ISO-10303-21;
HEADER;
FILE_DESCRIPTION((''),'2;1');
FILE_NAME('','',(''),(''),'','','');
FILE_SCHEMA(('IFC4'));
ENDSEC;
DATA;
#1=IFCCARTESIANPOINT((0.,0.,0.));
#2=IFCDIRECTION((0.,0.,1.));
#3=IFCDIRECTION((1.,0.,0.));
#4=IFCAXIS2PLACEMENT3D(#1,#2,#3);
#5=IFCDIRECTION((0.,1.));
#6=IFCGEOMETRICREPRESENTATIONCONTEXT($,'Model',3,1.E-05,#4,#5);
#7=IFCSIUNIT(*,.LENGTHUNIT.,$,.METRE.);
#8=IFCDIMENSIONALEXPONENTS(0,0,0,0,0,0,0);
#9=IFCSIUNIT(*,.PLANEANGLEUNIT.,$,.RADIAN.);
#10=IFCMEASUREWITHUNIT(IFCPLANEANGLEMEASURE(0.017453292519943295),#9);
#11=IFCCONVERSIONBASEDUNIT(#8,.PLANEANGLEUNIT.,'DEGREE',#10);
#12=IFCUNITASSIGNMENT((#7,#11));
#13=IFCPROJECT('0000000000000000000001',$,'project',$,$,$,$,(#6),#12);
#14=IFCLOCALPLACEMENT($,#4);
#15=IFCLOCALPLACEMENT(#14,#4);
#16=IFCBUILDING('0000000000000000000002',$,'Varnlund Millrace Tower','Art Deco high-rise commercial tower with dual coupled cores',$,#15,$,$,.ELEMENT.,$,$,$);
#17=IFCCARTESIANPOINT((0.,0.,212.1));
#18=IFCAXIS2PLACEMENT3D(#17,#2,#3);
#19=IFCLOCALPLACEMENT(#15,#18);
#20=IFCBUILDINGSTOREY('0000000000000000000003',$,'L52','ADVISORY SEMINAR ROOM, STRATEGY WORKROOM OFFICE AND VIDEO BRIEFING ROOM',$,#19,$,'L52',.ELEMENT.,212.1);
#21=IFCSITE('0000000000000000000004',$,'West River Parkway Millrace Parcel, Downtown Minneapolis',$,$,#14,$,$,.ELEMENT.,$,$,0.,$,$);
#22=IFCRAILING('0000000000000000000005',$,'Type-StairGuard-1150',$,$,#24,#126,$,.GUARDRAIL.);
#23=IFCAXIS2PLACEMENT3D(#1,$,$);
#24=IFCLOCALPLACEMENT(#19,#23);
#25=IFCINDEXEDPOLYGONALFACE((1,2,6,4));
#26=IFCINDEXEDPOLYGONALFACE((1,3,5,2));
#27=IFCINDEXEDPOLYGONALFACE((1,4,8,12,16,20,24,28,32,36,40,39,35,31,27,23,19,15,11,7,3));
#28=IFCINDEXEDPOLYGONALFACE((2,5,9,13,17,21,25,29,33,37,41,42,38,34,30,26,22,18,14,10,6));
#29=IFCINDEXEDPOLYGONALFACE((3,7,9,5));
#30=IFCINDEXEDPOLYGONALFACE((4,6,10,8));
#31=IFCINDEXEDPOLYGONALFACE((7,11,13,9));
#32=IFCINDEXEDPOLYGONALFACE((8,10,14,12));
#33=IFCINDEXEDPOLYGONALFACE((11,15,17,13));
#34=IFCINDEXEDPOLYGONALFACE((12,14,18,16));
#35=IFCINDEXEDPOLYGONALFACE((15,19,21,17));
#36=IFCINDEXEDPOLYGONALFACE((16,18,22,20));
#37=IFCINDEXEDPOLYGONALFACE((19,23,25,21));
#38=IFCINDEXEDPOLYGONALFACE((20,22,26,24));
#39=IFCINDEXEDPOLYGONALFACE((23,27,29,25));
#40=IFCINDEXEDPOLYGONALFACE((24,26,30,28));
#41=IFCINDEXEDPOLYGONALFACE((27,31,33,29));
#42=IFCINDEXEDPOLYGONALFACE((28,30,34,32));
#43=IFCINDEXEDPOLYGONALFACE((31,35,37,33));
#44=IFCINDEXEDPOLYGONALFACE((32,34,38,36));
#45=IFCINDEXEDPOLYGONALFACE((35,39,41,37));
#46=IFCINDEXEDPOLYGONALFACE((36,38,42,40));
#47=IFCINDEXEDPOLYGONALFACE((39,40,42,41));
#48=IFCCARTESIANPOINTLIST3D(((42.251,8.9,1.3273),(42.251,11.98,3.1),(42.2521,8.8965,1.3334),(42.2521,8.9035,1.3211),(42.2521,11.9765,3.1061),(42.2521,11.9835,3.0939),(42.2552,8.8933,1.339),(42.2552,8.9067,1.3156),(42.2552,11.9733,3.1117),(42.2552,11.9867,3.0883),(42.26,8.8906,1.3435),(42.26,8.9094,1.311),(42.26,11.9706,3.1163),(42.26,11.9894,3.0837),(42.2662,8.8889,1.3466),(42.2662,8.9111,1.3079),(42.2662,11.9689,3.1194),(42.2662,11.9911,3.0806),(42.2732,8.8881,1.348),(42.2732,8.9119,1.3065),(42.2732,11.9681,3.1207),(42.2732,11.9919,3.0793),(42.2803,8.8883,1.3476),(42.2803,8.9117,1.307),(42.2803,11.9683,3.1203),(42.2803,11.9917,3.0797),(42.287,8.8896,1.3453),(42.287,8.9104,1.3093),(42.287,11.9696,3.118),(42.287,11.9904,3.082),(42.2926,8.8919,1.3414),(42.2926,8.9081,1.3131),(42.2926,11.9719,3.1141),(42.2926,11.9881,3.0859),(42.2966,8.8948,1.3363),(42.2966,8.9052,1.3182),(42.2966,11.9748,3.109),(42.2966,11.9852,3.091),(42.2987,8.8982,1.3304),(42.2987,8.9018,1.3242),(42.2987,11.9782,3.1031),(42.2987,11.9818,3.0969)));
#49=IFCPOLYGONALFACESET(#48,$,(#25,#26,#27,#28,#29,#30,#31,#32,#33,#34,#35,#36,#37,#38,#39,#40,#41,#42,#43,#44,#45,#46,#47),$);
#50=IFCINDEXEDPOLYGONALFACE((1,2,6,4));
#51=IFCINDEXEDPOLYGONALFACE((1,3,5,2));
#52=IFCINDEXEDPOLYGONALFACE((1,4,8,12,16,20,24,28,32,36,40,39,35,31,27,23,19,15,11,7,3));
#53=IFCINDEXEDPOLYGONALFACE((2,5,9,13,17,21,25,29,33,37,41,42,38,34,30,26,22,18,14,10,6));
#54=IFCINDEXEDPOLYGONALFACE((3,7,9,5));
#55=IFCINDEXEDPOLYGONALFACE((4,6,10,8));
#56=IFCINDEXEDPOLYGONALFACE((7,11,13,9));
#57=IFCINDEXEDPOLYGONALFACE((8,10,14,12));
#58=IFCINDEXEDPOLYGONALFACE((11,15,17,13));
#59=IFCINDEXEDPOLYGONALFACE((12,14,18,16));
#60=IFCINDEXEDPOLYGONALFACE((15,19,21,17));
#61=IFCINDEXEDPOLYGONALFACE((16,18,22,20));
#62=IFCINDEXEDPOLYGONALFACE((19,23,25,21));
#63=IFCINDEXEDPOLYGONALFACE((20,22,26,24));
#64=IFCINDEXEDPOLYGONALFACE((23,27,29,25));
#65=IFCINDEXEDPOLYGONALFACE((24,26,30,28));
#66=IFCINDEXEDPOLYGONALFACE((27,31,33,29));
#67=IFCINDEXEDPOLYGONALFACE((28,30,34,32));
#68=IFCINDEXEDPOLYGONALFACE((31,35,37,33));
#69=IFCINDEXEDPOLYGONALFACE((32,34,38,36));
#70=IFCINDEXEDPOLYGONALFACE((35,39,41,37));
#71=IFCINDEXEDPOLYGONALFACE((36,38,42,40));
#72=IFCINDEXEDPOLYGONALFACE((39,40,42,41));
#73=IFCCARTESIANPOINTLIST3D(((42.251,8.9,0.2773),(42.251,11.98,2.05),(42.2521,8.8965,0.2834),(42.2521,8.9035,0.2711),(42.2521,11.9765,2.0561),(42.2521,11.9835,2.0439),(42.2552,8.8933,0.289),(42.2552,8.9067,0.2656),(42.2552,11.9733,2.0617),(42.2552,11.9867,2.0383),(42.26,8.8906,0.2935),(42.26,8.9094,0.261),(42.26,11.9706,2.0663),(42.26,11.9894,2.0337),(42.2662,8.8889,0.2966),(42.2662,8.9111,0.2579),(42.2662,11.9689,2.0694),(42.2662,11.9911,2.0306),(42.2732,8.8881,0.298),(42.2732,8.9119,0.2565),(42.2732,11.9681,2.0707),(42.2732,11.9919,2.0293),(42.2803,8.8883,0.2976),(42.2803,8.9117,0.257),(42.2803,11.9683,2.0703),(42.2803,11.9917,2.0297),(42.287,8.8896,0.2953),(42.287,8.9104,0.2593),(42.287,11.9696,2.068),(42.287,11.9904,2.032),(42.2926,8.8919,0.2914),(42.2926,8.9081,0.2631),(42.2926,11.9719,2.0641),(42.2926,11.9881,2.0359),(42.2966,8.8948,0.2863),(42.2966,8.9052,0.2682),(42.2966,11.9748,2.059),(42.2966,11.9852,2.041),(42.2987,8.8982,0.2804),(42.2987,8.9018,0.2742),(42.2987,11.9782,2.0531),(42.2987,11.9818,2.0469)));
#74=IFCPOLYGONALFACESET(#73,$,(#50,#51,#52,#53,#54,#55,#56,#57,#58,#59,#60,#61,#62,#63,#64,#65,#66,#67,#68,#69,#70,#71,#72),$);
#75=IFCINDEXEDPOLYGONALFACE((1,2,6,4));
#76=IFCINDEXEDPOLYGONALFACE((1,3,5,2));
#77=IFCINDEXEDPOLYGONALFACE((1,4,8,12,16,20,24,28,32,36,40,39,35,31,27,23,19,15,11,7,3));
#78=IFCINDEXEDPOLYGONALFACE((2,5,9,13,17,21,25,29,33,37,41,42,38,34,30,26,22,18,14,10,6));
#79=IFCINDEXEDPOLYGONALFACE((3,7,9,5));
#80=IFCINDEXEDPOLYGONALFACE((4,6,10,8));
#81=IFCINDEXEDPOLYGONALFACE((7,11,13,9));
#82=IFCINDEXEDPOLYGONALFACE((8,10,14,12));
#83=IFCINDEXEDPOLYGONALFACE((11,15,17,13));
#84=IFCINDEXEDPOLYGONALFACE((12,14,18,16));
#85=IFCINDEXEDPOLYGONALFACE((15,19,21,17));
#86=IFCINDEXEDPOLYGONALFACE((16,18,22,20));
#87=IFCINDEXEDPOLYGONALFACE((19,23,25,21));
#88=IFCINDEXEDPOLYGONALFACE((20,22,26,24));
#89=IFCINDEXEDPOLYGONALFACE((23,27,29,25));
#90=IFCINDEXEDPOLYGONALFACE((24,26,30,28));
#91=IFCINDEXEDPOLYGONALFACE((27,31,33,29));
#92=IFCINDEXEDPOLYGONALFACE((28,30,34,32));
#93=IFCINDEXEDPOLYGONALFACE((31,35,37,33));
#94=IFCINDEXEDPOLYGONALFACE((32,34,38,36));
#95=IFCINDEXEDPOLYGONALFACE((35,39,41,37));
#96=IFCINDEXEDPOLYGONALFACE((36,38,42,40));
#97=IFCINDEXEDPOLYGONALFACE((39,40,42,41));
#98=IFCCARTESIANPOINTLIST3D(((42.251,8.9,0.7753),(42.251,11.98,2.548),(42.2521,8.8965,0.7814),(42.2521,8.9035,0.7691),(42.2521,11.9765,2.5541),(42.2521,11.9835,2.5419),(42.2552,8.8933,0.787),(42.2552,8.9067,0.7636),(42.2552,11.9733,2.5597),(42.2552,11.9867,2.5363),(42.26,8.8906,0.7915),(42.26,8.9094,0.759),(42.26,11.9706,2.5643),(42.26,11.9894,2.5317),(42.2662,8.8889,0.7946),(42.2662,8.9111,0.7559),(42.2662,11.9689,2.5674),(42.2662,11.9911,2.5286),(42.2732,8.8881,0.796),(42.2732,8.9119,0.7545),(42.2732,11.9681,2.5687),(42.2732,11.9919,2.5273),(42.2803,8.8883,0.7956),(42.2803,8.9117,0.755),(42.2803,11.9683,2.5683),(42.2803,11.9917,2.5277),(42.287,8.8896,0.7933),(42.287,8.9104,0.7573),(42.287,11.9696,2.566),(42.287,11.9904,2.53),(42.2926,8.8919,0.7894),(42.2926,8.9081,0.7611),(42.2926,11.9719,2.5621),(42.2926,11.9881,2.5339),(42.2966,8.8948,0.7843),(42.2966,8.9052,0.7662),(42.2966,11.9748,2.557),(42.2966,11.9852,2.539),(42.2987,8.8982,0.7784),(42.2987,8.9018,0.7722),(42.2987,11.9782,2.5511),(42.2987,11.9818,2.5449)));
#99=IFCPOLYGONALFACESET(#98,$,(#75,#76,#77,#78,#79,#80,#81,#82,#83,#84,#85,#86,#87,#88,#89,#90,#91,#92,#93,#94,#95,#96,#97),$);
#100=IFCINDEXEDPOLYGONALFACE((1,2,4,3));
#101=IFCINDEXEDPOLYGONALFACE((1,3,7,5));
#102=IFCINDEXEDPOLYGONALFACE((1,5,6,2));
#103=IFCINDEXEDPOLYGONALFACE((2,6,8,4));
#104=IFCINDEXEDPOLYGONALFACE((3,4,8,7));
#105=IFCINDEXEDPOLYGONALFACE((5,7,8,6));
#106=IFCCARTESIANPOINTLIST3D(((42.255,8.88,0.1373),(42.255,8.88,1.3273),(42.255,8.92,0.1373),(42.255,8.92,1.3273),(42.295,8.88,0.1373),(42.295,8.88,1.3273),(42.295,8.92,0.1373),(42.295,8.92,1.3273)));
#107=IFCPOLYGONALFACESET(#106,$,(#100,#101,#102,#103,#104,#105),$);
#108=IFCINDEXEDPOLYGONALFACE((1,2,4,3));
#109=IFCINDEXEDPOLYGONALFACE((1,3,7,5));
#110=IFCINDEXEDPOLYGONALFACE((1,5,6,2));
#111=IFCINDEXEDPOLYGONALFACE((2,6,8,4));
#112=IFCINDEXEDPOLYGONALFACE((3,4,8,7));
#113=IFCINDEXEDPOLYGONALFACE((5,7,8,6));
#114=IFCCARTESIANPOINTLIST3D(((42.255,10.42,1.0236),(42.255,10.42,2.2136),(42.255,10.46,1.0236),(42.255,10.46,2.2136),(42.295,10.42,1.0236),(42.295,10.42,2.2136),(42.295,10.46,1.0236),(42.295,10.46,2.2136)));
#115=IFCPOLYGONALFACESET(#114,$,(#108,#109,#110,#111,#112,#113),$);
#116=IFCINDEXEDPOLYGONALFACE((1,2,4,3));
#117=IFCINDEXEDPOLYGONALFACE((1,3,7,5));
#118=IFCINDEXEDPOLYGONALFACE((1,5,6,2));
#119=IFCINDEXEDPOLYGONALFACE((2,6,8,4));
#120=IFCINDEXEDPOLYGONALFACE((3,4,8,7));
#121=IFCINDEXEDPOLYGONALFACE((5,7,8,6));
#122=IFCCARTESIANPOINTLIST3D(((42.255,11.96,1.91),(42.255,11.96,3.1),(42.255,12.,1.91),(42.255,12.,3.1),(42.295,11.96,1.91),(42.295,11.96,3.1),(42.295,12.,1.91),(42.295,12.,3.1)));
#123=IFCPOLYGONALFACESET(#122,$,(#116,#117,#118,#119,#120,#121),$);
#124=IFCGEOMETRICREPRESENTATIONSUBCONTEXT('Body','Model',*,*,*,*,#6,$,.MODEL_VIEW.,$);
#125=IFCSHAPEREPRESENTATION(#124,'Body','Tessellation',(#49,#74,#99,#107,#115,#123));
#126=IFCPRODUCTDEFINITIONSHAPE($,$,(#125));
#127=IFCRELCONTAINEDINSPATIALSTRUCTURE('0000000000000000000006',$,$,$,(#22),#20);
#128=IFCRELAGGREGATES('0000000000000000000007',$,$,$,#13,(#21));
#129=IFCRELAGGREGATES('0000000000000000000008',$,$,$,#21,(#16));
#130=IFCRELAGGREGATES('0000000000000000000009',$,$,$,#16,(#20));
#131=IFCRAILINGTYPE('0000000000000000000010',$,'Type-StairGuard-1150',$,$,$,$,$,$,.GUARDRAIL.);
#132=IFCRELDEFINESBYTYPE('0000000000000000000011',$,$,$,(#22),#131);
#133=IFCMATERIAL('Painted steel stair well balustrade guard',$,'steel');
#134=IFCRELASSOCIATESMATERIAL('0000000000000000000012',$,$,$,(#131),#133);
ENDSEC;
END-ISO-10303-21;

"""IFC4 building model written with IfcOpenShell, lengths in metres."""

from ifc_helpers import new_model, entity, si_unit, converted_unit, direction, frame, origin_with_axes, origin_2d_with_axis, place, context, subcontext, project, spatial, rectangle, circle, extrude, material, type_object, element, save


model = new_model("IFC4")

# Units and contexts
model_context = context("Model", 3, precision=1e-05, world=origin_with_axes(), true_north=direction((0.0, 1.0)))
body_context = subcontext(model_context, "Body", "Model", "MODEL_VIEW")
ifc_project = project(units=[si_unit("LENGTHUNIT", "METRE"), converted_unit("PLANEANGLEUNIT", "DEGREE", entity("IfcPlaneAngleMeasure", 0.017453292519943295), si_unit("PLANEANGLEUNIT", "RADIAN"), dimensions=[0, 0, 0, 0, 0, 0, 0])], contexts=[model_context])

# Site, building, storey
site_placement = place(None, origin_with_axes())
site = spatial("IfcSite", under=ifc_project, at=site_placement, Name="West River Parkway Millrace Parcel, Downtown Minneapolis", CompositionType="ELEMENT", RefElevation=0.0)
building_placement = place(site_placement, origin_with_axes())
building = spatial("IfcBuilding", under=site, at=building_placement, Name="Varnlund Millrace Tower", Description="Art Deco high-rise commercial tower with dual coupled cores", CompositionType="ELEMENT")
storey_placement = place(building_placement, frame((0.0, 0.0, 212.1), z_axis=(0.0, 0.0, 1.0), x_axis=(1.0, 0.0, 0.0)))
storey = spatial("IfcBuildingStorey", under=building, at=storey_placement, Name="L52", Description="ADVISORY SEMINAR ROOM, STRATEGY WORKROOM OFFICE AND VIDEO BRIEFING ROOM", LongName="L52", CompositionType="ELEMENT", Elevation=212.1)

# Railing
ifc_material_1 = material(Name="Painted steel stair well balustrade guard", Category="steel")
railing_type_1 = type_object("IfcRailingType", Name="Type-StairGuard-1150", PredefinedType="GUARDRAIL", material=ifc_material_1)
railing_1_placement = place(storey_placement, frame((0.0, 0.0, -212.1), z_axis=(0.0, 0.0, 1.0), x_axis=(1.0, 0.0, 0.0)))
element("IfcRailing", 1, at=railing_1_placement, inside=storey, type_object=railing_type_1, Name="Type-StairGuard-1150", PredefinedType="GUARDRAIL", context=body_context, shape_type="SweptSolid", body=[
    extrude(circle(Radius=0.024, at=origin_2d_with_axis()), frame((42.275, 8.9, 213.4273), z_axis=(0.0, 0.866696, 0.498836), x_axis=(-1.0, 0.0, 0.0)), (0.0, 0.0, 1.0), 3.5537),
    extrude(circle(Radius=0.024, at=origin_2d_with_axis()), frame((42.275, 8.9, 212.3773), z_axis=(0.0, 0.866696, 0.498836), x_axis=(-1.0, 0.0, 0.0)), (0.0, 0.0, 1.0), 3.5537),
    extrude(circle(Radius=0.024, at=origin_2d_with_axis()), frame((42.275, 8.9, 212.8753), z_axis=(0.0, 0.866696, 0.498836), x_axis=(-1.0, 0.0, 0.0)), (0.0, 0.0, 1.0), 3.5537),
    extrude(rectangle(XDim=0.04, YDim=0.04, at=origin_2d_with_axis()), frame((42.275, 8.9, 212.2373), z_axis=(0.0, 0.0, 1.0), x_axis=(1.0, 0.0, 0.0)), (0.0, 0.0, 1.0), 1.19),
    extrude(rectangle(XDim=0.04, YDim=0.04, at=origin_2d_with_axis()), frame((42.275, 10.44, 213.1236), z_axis=(0.0, 0.0, 1.0), x_axis=(1.0, 0.0, 0.0)), (0.0, 0.0, 1.0), 1.19),
    extrude(rectangle(XDim=0.04, YDim=0.04, at=origin_2d_with_axis()), frame((42.275, 11.98, 214.01), z_axis=(0.0, 0.0, 1.0), x_axis=(1.0, 0.0, 0.0)), (0.0, 0.0, 1.0), 1.19),
])

save(model, "model.ifc")
